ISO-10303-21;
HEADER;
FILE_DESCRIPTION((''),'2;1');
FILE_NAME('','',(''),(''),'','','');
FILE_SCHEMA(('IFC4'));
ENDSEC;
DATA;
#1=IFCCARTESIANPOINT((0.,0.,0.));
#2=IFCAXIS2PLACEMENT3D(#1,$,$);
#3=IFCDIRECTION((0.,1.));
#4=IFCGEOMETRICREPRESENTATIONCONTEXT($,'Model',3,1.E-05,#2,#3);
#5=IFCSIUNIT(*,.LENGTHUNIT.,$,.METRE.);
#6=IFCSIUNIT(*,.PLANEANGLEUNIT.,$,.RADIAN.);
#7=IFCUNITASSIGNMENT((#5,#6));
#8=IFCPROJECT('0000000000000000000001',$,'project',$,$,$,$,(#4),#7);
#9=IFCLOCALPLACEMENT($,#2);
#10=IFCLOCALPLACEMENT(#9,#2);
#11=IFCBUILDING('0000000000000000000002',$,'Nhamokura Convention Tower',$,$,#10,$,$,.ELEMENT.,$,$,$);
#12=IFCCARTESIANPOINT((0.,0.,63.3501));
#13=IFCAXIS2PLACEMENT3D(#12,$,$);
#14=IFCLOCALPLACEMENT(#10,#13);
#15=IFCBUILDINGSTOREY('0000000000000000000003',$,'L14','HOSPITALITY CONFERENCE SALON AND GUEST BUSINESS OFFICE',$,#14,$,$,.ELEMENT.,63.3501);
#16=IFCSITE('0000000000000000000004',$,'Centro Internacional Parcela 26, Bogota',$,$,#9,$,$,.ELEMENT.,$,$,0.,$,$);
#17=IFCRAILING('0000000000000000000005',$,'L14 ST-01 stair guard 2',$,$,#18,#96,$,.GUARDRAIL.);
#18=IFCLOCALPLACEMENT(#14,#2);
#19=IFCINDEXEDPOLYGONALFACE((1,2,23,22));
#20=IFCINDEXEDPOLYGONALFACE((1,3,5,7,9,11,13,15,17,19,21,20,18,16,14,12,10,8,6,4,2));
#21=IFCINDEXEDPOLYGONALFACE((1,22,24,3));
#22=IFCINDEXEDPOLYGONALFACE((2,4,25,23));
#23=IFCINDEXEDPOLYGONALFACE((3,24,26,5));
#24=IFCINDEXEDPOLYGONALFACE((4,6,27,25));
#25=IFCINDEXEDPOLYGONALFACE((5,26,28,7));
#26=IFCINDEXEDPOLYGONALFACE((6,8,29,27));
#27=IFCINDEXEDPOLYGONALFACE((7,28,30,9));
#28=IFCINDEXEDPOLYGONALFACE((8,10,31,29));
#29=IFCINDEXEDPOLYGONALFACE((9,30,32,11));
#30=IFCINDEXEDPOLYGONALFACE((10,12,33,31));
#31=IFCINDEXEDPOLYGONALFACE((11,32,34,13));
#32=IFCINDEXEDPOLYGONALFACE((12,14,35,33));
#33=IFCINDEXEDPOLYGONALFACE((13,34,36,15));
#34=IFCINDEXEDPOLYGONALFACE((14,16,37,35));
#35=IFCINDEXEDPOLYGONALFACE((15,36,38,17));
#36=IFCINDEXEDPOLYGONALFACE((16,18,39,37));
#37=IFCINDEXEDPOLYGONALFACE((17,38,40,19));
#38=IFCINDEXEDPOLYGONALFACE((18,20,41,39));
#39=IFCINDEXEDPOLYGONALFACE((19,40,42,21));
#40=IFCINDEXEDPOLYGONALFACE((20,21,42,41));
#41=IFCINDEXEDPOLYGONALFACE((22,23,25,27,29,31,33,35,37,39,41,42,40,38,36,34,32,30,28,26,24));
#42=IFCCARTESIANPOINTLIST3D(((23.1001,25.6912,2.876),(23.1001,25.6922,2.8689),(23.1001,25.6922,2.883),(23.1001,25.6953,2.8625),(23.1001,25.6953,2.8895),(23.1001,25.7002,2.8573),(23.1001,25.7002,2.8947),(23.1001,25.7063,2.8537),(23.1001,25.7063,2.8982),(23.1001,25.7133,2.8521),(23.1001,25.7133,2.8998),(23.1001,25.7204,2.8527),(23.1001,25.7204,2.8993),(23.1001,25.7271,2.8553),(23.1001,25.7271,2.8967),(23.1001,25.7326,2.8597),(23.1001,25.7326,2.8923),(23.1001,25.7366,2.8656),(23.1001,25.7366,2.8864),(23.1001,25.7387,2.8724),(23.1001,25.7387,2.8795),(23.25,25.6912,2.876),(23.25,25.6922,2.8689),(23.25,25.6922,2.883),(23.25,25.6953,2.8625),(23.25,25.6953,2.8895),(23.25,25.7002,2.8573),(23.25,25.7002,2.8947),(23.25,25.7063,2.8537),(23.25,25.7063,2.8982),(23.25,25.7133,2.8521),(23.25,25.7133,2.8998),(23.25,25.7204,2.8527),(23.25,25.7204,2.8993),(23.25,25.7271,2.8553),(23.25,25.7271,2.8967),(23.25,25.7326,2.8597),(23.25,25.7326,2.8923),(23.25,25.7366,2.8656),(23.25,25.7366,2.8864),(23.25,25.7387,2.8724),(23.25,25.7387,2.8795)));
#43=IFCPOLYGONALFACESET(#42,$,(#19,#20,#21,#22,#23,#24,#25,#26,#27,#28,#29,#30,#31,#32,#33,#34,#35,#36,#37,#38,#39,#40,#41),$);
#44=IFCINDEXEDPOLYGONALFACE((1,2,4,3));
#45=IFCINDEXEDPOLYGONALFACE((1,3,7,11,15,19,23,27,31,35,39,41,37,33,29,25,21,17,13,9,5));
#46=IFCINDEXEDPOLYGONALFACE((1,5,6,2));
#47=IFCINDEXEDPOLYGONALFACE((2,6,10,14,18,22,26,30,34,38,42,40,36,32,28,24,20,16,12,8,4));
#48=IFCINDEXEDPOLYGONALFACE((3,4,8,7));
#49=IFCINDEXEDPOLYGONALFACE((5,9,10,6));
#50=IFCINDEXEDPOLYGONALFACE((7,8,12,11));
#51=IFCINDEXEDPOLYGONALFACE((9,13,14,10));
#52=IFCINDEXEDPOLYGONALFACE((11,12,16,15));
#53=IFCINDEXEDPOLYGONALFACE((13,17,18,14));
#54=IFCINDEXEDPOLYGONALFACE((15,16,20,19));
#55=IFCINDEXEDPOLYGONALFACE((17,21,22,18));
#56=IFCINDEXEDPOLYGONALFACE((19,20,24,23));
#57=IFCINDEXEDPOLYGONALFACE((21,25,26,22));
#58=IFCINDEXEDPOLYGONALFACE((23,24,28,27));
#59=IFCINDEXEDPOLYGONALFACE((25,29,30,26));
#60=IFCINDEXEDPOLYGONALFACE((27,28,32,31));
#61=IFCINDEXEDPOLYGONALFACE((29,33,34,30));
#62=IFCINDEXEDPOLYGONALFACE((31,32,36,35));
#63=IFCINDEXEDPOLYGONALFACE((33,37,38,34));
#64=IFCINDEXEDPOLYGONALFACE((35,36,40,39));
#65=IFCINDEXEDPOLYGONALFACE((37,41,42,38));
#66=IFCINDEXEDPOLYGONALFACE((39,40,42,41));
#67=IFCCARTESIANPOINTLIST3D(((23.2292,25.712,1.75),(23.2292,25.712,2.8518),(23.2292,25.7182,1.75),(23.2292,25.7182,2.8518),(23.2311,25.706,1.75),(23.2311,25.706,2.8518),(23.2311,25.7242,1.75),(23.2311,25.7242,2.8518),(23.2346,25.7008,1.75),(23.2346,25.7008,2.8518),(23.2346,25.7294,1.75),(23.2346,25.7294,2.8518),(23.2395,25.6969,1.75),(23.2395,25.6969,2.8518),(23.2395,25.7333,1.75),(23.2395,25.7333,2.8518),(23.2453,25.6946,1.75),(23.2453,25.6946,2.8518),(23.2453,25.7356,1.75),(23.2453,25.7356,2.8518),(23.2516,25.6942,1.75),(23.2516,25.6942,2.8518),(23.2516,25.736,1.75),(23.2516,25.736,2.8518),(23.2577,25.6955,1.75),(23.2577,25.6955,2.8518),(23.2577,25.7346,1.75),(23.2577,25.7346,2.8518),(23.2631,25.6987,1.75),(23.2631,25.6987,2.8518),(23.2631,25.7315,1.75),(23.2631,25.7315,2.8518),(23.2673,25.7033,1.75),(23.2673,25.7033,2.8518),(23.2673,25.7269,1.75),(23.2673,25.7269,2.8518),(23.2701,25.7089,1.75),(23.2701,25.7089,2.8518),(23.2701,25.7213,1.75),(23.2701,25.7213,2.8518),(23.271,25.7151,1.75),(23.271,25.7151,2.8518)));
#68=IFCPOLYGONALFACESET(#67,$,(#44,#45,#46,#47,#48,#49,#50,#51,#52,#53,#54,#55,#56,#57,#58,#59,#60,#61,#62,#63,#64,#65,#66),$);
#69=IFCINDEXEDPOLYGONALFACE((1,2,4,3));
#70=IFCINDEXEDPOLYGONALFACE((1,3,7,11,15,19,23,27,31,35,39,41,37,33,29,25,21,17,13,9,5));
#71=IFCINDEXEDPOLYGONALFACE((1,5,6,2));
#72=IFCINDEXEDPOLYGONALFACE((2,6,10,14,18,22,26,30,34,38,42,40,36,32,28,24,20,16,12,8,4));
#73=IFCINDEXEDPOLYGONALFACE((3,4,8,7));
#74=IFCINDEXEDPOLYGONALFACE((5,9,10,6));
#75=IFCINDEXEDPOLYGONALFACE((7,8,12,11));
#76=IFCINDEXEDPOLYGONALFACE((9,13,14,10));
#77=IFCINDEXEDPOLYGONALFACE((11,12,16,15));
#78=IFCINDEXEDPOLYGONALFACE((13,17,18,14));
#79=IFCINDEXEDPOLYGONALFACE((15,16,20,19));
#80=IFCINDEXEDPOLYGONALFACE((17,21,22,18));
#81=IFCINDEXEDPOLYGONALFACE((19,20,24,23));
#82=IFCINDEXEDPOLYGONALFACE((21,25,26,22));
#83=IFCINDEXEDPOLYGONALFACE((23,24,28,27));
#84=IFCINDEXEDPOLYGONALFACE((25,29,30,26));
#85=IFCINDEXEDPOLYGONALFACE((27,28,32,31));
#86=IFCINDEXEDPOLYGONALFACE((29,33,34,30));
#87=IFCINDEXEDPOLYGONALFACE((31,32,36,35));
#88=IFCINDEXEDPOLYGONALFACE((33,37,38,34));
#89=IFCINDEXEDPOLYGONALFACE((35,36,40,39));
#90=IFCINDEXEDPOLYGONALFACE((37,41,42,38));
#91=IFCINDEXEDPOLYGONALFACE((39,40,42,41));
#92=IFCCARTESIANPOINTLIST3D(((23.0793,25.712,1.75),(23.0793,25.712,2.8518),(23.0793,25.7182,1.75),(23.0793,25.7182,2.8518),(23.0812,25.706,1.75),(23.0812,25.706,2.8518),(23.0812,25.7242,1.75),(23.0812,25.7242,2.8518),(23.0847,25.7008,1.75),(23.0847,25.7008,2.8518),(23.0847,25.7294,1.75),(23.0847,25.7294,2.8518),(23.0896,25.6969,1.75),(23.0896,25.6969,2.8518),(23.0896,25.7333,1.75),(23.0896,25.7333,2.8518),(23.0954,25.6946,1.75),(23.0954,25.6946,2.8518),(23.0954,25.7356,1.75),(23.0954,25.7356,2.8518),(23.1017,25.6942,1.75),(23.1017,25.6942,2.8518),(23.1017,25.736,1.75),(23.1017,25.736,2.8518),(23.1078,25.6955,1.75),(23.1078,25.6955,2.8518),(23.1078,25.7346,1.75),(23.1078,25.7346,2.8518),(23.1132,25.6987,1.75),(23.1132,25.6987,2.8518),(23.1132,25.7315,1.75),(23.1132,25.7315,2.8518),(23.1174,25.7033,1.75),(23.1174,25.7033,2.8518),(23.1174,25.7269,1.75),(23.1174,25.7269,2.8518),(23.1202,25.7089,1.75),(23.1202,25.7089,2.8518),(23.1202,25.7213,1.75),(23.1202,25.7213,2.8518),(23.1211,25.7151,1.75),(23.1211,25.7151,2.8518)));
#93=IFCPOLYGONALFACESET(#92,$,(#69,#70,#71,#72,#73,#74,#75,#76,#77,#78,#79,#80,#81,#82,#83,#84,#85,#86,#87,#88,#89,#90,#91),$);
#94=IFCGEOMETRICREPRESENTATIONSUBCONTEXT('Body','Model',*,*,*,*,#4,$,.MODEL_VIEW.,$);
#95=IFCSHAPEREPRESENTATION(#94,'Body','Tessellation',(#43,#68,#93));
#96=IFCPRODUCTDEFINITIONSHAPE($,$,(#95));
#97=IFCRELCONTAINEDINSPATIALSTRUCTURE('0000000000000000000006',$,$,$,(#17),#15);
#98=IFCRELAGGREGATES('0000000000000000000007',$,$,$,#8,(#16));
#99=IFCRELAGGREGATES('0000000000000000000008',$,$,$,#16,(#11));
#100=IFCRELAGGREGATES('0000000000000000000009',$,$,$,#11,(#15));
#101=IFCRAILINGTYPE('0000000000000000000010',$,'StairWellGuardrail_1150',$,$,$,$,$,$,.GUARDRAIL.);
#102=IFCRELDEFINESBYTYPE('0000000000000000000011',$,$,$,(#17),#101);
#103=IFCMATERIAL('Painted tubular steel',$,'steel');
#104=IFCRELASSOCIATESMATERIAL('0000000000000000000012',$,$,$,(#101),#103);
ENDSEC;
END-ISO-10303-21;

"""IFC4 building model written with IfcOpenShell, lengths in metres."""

from ifc_helpers import new_model, si_unit, direction, frame, origin, origin_2d, place, context, subcontext, project, spatial, circle, extrude, material, type_object, element, save


model = new_model("IFC4")

# Units and contexts
model_context = context("Model", 3, precision=1e-05, world=origin(), true_north=direction((0.0, 1.0)))
body_context = subcontext(model_context, "Body", "Model", "MODEL_VIEW")
ifc_project = project(units=[si_unit("LENGTHUNIT", "METRE"), si_unit("PLANEANGLEUNIT", "RADIAN")], contexts=[model_context])

# Site, building, storey
site_placement = place(None, origin())
site = spatial("IfcSite", under=ifc_project, at=site_placement, Name="Centro Internacional Parcela 26, Bogota", CompositionType="ELEMENT", RefElevation=0.0)
building_placement = place(site_placement, origin())
building = spatial("IfcBuilding", under=site, at=building_placement, Name="Nhamokura Convention Tower", CompositionType="ELEMENT")
storey_placement = place(building_placement, frame((0.0, 0.0, 63.3501)))
storey = spatial("IfcBuildingStorey", under=building, at=storey_placement, Name="L14", Description="HOSPITALITY CONFERENCE SALON AND GUEST BUSINESS OFFICE", CompositionType="ELEMENT", Elevation=63.3501)

# Railing
ifc_material_1 = material(Name="Painted tubular steel", Category="steel")
railing_type_1 = type_object("IfcRailingType", Name="StairWellGuardrail_1150", PredefinedType="GUARDRAIL", material=ifc_material_1)
railing_1_placement = place(storey_placement, frame((23.25, 25.7151, 1.75)))
element("IfcRailing", 1, at=railing_1_placement, inside=storey, type_object=railing_type_1, Name="L14 ST-01 stair guard 2", PredefinedType="GUARDRAIL", context=body_context, shape_type="SweptSolid", body=[
    extrude(circle(Radius=0.0239, at=origin_2d()), frame((0.0, 0.0, 1.126), z_axis=(-1.0, 0.0, 0.0), x_axis=(0.0, -1.0, 0.0)), (0.0, 0.0, 1.0), 0.1499),
    extrude(circle(Radius=0.021, at=origin_2d()), origin(), (0.0, 0.0, 1.0), 1.1018),
    extrude(circle(Radius=0.021, at=origin_2d()), frame((-0.1499, 0.0, 0.0)), (0.0, 0.0, 1.0), 1.1018),
])

save(model, "model.ifc")
